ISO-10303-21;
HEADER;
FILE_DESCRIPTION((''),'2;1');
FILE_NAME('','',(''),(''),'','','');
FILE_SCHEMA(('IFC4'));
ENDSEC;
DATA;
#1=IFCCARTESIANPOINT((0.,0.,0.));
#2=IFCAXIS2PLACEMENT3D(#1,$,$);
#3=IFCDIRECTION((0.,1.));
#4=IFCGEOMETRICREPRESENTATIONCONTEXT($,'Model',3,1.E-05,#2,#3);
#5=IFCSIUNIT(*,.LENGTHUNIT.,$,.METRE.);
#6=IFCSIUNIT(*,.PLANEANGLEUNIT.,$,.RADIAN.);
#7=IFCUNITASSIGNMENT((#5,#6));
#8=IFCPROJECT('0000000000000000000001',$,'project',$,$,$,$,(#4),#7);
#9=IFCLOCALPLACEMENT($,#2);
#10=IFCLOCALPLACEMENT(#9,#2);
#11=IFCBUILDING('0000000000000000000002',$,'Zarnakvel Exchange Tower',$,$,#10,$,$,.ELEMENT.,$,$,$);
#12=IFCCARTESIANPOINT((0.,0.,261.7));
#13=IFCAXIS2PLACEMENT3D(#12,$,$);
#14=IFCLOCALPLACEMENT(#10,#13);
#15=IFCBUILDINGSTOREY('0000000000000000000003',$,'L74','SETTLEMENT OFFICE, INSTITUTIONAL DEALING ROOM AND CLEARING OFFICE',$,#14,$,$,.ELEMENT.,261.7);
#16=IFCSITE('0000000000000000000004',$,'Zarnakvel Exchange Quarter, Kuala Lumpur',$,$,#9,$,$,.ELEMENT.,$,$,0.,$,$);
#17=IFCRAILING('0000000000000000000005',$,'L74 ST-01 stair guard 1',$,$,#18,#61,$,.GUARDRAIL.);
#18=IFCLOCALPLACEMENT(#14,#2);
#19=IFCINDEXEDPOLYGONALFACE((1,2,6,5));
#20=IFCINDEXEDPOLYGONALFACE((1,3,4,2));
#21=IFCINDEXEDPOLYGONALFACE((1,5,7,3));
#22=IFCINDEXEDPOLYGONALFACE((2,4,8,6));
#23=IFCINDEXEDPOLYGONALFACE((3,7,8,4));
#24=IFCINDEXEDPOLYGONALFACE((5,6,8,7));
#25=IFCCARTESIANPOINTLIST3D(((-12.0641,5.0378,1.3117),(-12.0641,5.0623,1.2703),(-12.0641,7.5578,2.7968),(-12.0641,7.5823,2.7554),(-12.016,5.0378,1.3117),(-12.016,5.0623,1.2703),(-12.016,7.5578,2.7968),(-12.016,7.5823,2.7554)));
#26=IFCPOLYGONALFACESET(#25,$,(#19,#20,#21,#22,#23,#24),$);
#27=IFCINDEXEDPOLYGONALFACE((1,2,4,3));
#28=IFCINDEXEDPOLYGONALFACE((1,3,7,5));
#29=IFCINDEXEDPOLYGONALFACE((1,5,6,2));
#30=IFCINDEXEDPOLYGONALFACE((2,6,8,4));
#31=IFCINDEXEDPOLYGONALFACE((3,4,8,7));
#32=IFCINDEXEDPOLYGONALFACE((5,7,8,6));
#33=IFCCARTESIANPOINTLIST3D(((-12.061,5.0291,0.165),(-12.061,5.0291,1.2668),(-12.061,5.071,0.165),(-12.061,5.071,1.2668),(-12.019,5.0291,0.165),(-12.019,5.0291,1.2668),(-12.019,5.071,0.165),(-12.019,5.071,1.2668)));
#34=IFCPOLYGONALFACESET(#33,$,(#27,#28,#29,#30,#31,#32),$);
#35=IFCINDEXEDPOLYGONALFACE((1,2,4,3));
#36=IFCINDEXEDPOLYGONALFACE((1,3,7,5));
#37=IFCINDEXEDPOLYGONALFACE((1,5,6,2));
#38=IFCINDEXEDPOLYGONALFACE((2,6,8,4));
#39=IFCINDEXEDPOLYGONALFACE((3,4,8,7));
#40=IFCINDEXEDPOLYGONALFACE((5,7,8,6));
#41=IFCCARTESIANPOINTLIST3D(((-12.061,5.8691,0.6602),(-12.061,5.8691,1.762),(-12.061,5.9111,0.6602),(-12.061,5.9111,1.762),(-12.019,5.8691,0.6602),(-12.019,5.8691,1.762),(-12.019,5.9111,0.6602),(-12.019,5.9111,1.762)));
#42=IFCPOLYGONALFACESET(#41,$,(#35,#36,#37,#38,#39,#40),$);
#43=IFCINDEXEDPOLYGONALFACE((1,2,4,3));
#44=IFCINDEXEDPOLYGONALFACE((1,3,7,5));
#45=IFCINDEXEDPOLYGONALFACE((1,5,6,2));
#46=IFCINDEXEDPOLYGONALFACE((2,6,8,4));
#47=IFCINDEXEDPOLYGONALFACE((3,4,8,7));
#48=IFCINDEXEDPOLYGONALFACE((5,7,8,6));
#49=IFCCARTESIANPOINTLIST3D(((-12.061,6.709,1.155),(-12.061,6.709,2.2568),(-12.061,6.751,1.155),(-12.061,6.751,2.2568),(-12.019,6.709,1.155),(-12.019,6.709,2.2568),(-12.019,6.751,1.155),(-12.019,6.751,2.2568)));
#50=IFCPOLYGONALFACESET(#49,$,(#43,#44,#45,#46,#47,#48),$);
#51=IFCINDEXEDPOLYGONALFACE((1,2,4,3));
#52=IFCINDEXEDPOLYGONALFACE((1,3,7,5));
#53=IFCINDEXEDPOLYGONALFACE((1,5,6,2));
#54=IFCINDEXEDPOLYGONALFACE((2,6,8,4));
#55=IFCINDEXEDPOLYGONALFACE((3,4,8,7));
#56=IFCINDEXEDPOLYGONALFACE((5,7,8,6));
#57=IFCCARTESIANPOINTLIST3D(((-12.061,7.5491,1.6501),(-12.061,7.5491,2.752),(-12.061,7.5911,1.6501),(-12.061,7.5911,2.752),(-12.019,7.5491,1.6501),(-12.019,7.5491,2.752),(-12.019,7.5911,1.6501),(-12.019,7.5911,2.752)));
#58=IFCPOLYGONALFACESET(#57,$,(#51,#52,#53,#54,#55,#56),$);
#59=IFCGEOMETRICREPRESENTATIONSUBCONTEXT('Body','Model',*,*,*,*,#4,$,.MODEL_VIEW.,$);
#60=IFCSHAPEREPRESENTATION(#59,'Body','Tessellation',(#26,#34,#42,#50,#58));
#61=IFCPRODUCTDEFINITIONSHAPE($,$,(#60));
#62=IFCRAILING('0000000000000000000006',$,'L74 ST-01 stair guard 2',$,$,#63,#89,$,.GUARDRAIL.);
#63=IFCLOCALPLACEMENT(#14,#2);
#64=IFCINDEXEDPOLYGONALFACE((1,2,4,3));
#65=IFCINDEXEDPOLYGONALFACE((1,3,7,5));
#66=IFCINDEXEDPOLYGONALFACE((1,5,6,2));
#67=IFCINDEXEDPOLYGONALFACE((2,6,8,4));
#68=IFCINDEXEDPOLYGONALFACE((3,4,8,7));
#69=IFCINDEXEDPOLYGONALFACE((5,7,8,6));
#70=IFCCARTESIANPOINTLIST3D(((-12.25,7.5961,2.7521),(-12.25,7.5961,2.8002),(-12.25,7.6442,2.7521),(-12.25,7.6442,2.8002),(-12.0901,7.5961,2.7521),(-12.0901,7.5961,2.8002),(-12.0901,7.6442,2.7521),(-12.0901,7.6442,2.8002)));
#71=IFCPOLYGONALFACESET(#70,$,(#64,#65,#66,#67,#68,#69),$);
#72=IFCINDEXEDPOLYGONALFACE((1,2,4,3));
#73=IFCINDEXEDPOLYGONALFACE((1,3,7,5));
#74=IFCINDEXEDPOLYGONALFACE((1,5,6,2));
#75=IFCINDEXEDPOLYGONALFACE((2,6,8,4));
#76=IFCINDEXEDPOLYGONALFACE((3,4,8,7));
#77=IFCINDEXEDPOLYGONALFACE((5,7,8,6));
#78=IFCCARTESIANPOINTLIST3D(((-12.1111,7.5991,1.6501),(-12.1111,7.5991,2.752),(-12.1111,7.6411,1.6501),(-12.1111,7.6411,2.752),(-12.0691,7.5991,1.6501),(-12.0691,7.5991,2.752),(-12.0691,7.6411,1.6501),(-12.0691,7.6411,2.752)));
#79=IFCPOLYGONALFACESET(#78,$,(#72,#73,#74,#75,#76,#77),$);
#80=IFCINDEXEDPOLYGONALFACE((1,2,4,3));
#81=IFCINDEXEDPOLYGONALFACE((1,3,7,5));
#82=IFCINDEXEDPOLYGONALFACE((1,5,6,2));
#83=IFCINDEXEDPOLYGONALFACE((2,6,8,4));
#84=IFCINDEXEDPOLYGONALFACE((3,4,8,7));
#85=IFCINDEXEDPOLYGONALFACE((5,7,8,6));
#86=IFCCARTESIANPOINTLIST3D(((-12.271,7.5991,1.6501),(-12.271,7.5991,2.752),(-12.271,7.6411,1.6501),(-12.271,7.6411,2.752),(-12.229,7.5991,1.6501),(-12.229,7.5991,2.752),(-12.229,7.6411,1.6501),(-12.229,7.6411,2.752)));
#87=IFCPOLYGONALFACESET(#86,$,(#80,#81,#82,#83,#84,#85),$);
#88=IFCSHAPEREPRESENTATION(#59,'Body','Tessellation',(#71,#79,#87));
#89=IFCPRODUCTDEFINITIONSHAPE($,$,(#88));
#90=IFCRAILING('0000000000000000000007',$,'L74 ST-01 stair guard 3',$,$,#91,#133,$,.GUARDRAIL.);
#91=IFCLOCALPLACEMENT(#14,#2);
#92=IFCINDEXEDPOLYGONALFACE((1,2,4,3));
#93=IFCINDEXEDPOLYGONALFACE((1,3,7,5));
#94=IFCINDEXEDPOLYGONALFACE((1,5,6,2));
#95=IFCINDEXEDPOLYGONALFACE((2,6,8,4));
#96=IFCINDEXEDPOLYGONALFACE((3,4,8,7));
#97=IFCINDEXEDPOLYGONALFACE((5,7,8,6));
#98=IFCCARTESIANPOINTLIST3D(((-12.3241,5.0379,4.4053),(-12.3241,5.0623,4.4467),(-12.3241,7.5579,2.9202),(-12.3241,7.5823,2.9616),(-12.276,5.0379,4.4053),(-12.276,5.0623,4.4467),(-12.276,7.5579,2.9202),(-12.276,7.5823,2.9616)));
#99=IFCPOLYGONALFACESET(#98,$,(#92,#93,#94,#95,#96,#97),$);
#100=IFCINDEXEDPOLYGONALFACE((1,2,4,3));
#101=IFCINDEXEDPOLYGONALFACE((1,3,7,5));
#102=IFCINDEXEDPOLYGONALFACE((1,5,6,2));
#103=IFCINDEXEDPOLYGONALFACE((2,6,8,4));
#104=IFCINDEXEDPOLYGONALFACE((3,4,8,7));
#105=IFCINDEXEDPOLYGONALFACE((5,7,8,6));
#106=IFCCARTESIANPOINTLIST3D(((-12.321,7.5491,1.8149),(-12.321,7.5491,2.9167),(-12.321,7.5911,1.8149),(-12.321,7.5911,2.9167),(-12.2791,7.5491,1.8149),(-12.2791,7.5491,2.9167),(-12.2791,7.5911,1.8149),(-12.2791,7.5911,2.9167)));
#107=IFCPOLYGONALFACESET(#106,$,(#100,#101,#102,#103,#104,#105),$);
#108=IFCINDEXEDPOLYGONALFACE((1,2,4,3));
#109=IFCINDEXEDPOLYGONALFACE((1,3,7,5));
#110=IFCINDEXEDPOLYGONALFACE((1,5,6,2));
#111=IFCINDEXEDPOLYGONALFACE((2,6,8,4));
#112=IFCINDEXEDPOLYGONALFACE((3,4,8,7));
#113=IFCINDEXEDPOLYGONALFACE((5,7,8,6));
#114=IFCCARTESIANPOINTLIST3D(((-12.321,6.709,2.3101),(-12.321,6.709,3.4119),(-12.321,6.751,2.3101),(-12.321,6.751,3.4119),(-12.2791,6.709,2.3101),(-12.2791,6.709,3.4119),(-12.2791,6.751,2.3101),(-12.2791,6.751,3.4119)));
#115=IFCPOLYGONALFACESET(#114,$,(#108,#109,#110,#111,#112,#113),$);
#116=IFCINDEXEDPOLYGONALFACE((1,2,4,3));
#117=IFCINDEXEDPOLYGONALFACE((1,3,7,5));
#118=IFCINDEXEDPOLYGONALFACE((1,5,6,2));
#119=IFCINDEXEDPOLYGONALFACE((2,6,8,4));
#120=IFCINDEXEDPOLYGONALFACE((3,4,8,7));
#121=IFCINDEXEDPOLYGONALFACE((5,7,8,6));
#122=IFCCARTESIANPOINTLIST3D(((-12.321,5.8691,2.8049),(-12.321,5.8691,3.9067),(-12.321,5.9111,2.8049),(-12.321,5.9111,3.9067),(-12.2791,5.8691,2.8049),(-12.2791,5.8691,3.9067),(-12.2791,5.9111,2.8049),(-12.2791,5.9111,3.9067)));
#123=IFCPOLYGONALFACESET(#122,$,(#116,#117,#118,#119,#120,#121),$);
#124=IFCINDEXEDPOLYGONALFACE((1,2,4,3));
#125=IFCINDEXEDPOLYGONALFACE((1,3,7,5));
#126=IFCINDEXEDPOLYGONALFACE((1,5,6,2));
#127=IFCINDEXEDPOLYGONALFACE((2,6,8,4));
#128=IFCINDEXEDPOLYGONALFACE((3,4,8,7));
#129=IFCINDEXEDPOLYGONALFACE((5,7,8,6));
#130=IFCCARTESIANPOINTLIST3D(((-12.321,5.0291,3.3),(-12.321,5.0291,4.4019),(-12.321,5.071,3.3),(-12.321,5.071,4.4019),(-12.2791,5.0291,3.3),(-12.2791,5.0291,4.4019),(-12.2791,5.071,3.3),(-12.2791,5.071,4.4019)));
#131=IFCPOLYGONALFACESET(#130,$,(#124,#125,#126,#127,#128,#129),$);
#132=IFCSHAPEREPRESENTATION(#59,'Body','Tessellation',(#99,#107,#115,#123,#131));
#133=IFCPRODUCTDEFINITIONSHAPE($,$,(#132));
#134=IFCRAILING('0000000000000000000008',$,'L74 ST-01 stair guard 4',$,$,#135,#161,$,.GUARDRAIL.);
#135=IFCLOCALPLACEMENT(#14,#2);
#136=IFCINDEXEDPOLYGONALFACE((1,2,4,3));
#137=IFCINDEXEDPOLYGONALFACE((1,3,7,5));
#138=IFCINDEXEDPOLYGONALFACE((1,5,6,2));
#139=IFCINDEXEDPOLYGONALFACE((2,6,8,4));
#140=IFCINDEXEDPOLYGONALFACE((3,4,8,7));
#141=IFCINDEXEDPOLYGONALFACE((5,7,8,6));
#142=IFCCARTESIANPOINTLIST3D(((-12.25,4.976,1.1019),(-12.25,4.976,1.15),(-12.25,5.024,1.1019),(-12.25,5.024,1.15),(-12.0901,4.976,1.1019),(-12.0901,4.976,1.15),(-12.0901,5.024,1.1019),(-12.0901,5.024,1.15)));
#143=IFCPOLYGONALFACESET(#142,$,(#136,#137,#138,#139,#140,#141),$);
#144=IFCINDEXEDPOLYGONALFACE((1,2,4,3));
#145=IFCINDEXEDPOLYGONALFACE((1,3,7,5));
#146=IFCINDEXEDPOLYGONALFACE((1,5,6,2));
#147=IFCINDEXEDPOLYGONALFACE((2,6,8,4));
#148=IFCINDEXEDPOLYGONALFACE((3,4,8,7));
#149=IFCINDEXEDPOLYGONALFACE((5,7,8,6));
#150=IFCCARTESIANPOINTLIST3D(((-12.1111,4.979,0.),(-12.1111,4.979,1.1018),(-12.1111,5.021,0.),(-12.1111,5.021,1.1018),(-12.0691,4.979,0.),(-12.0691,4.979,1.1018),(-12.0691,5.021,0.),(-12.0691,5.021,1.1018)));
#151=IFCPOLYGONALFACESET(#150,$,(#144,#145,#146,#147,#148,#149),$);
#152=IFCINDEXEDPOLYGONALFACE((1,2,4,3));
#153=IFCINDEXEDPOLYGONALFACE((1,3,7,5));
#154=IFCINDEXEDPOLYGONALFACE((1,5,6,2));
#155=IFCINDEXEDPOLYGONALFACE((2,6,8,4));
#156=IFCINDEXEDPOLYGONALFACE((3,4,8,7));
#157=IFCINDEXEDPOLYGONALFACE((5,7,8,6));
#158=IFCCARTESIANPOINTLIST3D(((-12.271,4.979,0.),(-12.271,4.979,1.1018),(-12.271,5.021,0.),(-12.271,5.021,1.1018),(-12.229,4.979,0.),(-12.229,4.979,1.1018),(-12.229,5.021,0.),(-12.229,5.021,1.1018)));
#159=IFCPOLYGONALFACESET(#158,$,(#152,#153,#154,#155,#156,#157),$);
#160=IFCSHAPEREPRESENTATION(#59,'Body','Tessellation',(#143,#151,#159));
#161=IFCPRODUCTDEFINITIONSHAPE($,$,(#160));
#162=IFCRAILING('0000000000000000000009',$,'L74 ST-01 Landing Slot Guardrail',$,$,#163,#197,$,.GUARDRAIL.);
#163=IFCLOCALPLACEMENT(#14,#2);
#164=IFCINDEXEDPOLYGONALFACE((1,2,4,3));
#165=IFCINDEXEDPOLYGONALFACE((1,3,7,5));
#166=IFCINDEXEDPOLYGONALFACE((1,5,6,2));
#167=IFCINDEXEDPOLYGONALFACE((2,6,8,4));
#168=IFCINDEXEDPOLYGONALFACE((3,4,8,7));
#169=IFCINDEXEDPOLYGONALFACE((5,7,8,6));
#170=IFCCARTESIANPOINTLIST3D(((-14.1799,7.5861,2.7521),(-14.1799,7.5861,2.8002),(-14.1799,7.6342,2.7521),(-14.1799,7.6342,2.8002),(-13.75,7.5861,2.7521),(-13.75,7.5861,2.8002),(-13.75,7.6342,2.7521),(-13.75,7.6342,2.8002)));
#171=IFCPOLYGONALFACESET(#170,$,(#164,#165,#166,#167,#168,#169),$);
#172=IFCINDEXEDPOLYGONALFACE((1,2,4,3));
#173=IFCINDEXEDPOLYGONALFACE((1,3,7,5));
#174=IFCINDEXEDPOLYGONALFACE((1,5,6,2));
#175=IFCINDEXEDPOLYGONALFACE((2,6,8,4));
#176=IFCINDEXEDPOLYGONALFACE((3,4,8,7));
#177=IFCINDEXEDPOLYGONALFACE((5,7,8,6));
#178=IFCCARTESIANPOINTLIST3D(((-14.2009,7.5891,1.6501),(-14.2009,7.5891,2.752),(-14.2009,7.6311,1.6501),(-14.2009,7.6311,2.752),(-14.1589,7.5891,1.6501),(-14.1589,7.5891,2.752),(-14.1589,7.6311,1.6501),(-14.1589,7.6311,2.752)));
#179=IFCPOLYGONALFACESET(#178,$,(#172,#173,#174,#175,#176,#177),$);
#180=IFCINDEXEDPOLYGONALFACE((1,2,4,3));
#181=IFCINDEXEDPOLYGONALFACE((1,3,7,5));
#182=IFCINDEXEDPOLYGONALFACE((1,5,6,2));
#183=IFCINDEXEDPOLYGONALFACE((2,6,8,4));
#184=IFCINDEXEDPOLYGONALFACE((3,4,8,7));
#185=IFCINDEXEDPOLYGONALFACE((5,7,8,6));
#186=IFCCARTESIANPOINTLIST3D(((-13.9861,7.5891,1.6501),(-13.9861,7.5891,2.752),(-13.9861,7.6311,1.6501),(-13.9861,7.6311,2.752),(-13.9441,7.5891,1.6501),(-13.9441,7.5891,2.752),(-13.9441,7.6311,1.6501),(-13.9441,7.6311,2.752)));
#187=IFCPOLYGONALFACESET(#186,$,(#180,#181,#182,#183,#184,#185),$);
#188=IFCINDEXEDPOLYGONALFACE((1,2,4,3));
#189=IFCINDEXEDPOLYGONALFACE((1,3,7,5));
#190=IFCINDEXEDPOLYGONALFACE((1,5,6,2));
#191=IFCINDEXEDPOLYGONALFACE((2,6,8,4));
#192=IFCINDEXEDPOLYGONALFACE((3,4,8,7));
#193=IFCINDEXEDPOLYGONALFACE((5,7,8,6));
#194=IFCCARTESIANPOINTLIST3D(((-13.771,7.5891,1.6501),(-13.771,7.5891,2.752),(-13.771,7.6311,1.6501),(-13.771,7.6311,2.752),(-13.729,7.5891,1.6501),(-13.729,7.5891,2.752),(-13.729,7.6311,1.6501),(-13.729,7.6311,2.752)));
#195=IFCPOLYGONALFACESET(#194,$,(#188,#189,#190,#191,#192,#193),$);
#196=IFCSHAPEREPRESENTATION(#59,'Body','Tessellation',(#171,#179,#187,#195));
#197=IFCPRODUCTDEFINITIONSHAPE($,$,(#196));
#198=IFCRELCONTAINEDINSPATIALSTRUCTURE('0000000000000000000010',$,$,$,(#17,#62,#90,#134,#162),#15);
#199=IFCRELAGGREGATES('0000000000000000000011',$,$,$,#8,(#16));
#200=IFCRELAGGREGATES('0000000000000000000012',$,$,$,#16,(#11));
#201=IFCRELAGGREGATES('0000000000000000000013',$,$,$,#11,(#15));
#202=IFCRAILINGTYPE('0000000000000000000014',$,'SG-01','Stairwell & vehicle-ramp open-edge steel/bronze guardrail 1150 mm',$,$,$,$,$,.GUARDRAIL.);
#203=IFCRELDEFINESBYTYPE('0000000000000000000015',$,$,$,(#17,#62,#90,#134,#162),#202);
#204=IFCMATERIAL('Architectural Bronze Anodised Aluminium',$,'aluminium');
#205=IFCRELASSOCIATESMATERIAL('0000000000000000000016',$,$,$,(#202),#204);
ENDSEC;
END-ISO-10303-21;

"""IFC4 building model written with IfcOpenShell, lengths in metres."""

from ifc_helpers import new_model, si_unit, direction, frame, origin, origin_2d, place, context, subcontext, project, spatial, rectangle, extrude, material, type_object, element, save


model = new_model("IFC4")

# Units and contexts
model_context = context("Model", 3, precision=1e-05, world=origin(), true_north=direction((0.0, 1.0)))
body_context = subcontext(model_context, "Body", "Model", "MODEL_VIEW")
ifc_project = project(units=[si_unit("LENGTHUNIT", "METRE"), si_unit("PLANEANGLEUNIT", "RADIAN")], contexts=[model_context])

# Site, building, storey
site_placement = place(None, origin())
site = spatial("IfcSite", under=ifc_project, at=site_placement, Name="Zarnakvel Exchange Quarter, Kuala Lumpur", CompositionType="ELEMENT", RefElevation=0.0)
building_placement = place(site_placement, origin())
building = spatial("IfcBuilding", under=site, at=building_placement, Name="Zarnakvel Exchange Tower", CompositionType="ELEMENT")
storey_placement = place(building_placement, frame((0.0, 0.0, 261.7)))
storey = spatial("IfcBuildingStorey", under=building, at=storey_placement, Name="L74", Description="SETTLEMENT OFFICE, INSTITUTIONAL DEALING ROOM AND CLEARING OFFICE", CompositionType="ELEMENT", Elevation=261.7)

# Shared definitions
ifc_material_1 = material(Name="Architectural Bronze Anodised Aluminium", Category="aluminium")

# Railings
railing_type_1 = type_object("IfcRailingType", Name="SG-01", Description="Stairwell & vehicle-ramp open-edge steel/bronze guardrail 1150 mm", PredefinedType="GUARDRAIL", material=ifc_material_1)
railing_1_placement = place(storey_placement, frame((-12.04, 5.05, 0.165)))
element("IfcRailing", 1, at=railing_1_placement, inside=storey, type_object=railing_type_1, Name="L74 ST-01 stair guard 1", PredefinedType="GUARDRAIL", context=body_context, shape_type="SweptSolid", body=[
    extrude(rectangle(XDim=0.0481, YDim=0.0481, at=origin_2d()), frame((0.0, 0.0, 1.126), z_axis=(0.0, 0.861524, 0.507717), x_axis=(-1.0, 0.0, 0.0)), (0.0, 0.0, 1.0), 2.925),
    extrude(rectangle(XDim=0.042, YDim=0.042, at=origin_2d()), origin(), (0.0, 0.0, 1.0), 1.1018),
    extrude(rectangle(XDim=0.042, YDim=0.042, at=origin_2d()), frame((0.0, 0.8401, 0.4951)), (0.0, 0.0, 1.0), 1.1018),
    extrude(rectangle(XDim=0.042, YDim=0.042, at=origin_2d()), frame((0.0, 1.6799, 0.99)), (0.0, 0.0, 1.0), 1.1018),
    extrude(rectangle(XDim=0.042, YDim=0.042, at=origin_2d()), frame((0.0, 2.52, 1.4851)), (0.0, 0.0, 1.0), 1.1018),
])
railing_2_placement = place(storey_placement, frame((-12.0901, 7.6201, 1.6501)))
element("IfcRailing", 2, at=railing_2_placement, inside=storey, type_object=railing_type_1, Name="L74 ST-01 stair guard 2", PredefinedType="GUARDRAIL", context=body_context, shape_type="SweptSolid", body=[
    extrude(rectangle(XDim=0.0481, YDim=0.0481, at=origin_2d()), frame((0.0, 0.0, 1.126), z_axis=(-1.0, 0.0, 0.0), x_axis=(0.0, -1.0, 0.0)), (0.0, 0.0, 1.0), 0.1599),
    extrude(rectangle(XDim=0.042, YDim=0.042, at=origin_2d()), origin(), (0.0, 0.0, 1.0), 1.1018),
    extrude(rectangle(XDim=0.042, YDim=0.042, at=origin_2d()), frame((-0.1599, 0.0, 0.0)), (0.0, 0.0, 1.0), 1.1018),
])
railing_3_placement = place(storey_placement, frame((-12.3, 7.5701, 1.8149)))
element("IfcRailing", 3, at=railing_3_placement, inside=storey, type_object=railing_type_1, Name="L74 ST-01 stair guard 3", PredefinedType="GUARDRAIL", context=body_context, shape_type="SweptSolid", body=[
    extrude(rectangle(XDim=0.0481, YDim=0.0481, at=origin_2d()), frame((0.0, 0.0, 1.126), z_axis=(0.0, -0.861524, 0.507717), x_axis=(1.0, 0.0, 0.0)), (0.0, 0.0, 1.0), 2.925),
    extrude(rectangle(XDim=0.042, YDim=0.042, at=origin_2d()), origin(), (0.0, 0.0, 1.0), 1.1018),
    extrude(rectangle(XDim=0.042, YDim=0.042, at=origin_2d()), frame((0.0, -0.8401, 0.4951)), (0.0, 0.0, 1.0), 1.1018),
    extrude(rectangle(XDim=0.042, YDim=0.042, at=origin_2d()), frame((0.0, -1.6799, 0.99)), (0.0, 0.0, 1.0), 1.1018),
    extrude(rectangle(XDim=0.042, YDim=0.042, at=origin_2d()), frame((0.0, -2.52, 1.4851)), (0.0, 0.0, 1.0), 1.1018),
])
railing_4_placement = place(storey_placement, frame((-12.0901, 5.0, 0.0)))
element("IfcRailing", 4, at=railing_4_placement, inside=storey, type_object=railing_type_1, Name="L74 ST-01 stair guard 4", PredefinedType="GUARDRAIL", context=body_context, shape_type="SweptSolid", body=[
    extrude(rectangle(XDim=0.0481, YDim=0.0481, at=origin_2d()), frame((0.0, 0.0, 1.126), z_axis=(-1.0, 0.0, 0.0), x_axis=(0.0, -1.0, 0.0)), (0.0, 0.0, 1.0), 0.1599),
    extrude(rectangle(XDim=0.042, YDim=0.042, at=origin_2d()), origin(), (0.0, 0.0, 1.0), 1.1018),
    extrude(rectangle(XDim=0.042, YDim=0.042, at=origin_2d()), frame((-0.1599, 0.0, 0.0)), (0.0, 0.0, 1.0), 1.1018),
])
railing_5_placement = place(storey_placement, frame((-14.1799, 7.6101, 1.6501)))
element("IfcRailing", 5, at=railing_5_placement, inside=storey, type_object=railing_type_1, Name="L74 ST-01 Landing Slot Guardrail", PredefinedType="GUARDRAIL", context=body_context, shape_type="SweptSolid", body=[
    extrude(rectangle(XDim=0.0481, YDim=0.0481, at=origin_2d()), frame((0.0, 0.0, 1.126), z_axis=(1.0, 0.0, 0.0), x_axis=(0.0, 1.0, 0.0)), (0.0, 0.0, 1.0), 0.4299),
    extrude(rectangle(XDim=0.042, YDim=0.042, at=origin_2d()), origin(), (0.0, 0.0, 1.0), 1.1018),
    extrude(rectangle(XDim=0.042, YDim=0.042, at=origin_2d()), frame((0.2148, 0.0, 0.0)), (0.0, 0.0, 1.0), 1.1018),
    extrude(rectangle(XDim=0.042, YDim=0.042, at=origin_2d()), frame((0.4299, 0.0, 0.0)), (0.0, 0.0, 1.0), 1.1018),
])

save(model, "model.ifc")
